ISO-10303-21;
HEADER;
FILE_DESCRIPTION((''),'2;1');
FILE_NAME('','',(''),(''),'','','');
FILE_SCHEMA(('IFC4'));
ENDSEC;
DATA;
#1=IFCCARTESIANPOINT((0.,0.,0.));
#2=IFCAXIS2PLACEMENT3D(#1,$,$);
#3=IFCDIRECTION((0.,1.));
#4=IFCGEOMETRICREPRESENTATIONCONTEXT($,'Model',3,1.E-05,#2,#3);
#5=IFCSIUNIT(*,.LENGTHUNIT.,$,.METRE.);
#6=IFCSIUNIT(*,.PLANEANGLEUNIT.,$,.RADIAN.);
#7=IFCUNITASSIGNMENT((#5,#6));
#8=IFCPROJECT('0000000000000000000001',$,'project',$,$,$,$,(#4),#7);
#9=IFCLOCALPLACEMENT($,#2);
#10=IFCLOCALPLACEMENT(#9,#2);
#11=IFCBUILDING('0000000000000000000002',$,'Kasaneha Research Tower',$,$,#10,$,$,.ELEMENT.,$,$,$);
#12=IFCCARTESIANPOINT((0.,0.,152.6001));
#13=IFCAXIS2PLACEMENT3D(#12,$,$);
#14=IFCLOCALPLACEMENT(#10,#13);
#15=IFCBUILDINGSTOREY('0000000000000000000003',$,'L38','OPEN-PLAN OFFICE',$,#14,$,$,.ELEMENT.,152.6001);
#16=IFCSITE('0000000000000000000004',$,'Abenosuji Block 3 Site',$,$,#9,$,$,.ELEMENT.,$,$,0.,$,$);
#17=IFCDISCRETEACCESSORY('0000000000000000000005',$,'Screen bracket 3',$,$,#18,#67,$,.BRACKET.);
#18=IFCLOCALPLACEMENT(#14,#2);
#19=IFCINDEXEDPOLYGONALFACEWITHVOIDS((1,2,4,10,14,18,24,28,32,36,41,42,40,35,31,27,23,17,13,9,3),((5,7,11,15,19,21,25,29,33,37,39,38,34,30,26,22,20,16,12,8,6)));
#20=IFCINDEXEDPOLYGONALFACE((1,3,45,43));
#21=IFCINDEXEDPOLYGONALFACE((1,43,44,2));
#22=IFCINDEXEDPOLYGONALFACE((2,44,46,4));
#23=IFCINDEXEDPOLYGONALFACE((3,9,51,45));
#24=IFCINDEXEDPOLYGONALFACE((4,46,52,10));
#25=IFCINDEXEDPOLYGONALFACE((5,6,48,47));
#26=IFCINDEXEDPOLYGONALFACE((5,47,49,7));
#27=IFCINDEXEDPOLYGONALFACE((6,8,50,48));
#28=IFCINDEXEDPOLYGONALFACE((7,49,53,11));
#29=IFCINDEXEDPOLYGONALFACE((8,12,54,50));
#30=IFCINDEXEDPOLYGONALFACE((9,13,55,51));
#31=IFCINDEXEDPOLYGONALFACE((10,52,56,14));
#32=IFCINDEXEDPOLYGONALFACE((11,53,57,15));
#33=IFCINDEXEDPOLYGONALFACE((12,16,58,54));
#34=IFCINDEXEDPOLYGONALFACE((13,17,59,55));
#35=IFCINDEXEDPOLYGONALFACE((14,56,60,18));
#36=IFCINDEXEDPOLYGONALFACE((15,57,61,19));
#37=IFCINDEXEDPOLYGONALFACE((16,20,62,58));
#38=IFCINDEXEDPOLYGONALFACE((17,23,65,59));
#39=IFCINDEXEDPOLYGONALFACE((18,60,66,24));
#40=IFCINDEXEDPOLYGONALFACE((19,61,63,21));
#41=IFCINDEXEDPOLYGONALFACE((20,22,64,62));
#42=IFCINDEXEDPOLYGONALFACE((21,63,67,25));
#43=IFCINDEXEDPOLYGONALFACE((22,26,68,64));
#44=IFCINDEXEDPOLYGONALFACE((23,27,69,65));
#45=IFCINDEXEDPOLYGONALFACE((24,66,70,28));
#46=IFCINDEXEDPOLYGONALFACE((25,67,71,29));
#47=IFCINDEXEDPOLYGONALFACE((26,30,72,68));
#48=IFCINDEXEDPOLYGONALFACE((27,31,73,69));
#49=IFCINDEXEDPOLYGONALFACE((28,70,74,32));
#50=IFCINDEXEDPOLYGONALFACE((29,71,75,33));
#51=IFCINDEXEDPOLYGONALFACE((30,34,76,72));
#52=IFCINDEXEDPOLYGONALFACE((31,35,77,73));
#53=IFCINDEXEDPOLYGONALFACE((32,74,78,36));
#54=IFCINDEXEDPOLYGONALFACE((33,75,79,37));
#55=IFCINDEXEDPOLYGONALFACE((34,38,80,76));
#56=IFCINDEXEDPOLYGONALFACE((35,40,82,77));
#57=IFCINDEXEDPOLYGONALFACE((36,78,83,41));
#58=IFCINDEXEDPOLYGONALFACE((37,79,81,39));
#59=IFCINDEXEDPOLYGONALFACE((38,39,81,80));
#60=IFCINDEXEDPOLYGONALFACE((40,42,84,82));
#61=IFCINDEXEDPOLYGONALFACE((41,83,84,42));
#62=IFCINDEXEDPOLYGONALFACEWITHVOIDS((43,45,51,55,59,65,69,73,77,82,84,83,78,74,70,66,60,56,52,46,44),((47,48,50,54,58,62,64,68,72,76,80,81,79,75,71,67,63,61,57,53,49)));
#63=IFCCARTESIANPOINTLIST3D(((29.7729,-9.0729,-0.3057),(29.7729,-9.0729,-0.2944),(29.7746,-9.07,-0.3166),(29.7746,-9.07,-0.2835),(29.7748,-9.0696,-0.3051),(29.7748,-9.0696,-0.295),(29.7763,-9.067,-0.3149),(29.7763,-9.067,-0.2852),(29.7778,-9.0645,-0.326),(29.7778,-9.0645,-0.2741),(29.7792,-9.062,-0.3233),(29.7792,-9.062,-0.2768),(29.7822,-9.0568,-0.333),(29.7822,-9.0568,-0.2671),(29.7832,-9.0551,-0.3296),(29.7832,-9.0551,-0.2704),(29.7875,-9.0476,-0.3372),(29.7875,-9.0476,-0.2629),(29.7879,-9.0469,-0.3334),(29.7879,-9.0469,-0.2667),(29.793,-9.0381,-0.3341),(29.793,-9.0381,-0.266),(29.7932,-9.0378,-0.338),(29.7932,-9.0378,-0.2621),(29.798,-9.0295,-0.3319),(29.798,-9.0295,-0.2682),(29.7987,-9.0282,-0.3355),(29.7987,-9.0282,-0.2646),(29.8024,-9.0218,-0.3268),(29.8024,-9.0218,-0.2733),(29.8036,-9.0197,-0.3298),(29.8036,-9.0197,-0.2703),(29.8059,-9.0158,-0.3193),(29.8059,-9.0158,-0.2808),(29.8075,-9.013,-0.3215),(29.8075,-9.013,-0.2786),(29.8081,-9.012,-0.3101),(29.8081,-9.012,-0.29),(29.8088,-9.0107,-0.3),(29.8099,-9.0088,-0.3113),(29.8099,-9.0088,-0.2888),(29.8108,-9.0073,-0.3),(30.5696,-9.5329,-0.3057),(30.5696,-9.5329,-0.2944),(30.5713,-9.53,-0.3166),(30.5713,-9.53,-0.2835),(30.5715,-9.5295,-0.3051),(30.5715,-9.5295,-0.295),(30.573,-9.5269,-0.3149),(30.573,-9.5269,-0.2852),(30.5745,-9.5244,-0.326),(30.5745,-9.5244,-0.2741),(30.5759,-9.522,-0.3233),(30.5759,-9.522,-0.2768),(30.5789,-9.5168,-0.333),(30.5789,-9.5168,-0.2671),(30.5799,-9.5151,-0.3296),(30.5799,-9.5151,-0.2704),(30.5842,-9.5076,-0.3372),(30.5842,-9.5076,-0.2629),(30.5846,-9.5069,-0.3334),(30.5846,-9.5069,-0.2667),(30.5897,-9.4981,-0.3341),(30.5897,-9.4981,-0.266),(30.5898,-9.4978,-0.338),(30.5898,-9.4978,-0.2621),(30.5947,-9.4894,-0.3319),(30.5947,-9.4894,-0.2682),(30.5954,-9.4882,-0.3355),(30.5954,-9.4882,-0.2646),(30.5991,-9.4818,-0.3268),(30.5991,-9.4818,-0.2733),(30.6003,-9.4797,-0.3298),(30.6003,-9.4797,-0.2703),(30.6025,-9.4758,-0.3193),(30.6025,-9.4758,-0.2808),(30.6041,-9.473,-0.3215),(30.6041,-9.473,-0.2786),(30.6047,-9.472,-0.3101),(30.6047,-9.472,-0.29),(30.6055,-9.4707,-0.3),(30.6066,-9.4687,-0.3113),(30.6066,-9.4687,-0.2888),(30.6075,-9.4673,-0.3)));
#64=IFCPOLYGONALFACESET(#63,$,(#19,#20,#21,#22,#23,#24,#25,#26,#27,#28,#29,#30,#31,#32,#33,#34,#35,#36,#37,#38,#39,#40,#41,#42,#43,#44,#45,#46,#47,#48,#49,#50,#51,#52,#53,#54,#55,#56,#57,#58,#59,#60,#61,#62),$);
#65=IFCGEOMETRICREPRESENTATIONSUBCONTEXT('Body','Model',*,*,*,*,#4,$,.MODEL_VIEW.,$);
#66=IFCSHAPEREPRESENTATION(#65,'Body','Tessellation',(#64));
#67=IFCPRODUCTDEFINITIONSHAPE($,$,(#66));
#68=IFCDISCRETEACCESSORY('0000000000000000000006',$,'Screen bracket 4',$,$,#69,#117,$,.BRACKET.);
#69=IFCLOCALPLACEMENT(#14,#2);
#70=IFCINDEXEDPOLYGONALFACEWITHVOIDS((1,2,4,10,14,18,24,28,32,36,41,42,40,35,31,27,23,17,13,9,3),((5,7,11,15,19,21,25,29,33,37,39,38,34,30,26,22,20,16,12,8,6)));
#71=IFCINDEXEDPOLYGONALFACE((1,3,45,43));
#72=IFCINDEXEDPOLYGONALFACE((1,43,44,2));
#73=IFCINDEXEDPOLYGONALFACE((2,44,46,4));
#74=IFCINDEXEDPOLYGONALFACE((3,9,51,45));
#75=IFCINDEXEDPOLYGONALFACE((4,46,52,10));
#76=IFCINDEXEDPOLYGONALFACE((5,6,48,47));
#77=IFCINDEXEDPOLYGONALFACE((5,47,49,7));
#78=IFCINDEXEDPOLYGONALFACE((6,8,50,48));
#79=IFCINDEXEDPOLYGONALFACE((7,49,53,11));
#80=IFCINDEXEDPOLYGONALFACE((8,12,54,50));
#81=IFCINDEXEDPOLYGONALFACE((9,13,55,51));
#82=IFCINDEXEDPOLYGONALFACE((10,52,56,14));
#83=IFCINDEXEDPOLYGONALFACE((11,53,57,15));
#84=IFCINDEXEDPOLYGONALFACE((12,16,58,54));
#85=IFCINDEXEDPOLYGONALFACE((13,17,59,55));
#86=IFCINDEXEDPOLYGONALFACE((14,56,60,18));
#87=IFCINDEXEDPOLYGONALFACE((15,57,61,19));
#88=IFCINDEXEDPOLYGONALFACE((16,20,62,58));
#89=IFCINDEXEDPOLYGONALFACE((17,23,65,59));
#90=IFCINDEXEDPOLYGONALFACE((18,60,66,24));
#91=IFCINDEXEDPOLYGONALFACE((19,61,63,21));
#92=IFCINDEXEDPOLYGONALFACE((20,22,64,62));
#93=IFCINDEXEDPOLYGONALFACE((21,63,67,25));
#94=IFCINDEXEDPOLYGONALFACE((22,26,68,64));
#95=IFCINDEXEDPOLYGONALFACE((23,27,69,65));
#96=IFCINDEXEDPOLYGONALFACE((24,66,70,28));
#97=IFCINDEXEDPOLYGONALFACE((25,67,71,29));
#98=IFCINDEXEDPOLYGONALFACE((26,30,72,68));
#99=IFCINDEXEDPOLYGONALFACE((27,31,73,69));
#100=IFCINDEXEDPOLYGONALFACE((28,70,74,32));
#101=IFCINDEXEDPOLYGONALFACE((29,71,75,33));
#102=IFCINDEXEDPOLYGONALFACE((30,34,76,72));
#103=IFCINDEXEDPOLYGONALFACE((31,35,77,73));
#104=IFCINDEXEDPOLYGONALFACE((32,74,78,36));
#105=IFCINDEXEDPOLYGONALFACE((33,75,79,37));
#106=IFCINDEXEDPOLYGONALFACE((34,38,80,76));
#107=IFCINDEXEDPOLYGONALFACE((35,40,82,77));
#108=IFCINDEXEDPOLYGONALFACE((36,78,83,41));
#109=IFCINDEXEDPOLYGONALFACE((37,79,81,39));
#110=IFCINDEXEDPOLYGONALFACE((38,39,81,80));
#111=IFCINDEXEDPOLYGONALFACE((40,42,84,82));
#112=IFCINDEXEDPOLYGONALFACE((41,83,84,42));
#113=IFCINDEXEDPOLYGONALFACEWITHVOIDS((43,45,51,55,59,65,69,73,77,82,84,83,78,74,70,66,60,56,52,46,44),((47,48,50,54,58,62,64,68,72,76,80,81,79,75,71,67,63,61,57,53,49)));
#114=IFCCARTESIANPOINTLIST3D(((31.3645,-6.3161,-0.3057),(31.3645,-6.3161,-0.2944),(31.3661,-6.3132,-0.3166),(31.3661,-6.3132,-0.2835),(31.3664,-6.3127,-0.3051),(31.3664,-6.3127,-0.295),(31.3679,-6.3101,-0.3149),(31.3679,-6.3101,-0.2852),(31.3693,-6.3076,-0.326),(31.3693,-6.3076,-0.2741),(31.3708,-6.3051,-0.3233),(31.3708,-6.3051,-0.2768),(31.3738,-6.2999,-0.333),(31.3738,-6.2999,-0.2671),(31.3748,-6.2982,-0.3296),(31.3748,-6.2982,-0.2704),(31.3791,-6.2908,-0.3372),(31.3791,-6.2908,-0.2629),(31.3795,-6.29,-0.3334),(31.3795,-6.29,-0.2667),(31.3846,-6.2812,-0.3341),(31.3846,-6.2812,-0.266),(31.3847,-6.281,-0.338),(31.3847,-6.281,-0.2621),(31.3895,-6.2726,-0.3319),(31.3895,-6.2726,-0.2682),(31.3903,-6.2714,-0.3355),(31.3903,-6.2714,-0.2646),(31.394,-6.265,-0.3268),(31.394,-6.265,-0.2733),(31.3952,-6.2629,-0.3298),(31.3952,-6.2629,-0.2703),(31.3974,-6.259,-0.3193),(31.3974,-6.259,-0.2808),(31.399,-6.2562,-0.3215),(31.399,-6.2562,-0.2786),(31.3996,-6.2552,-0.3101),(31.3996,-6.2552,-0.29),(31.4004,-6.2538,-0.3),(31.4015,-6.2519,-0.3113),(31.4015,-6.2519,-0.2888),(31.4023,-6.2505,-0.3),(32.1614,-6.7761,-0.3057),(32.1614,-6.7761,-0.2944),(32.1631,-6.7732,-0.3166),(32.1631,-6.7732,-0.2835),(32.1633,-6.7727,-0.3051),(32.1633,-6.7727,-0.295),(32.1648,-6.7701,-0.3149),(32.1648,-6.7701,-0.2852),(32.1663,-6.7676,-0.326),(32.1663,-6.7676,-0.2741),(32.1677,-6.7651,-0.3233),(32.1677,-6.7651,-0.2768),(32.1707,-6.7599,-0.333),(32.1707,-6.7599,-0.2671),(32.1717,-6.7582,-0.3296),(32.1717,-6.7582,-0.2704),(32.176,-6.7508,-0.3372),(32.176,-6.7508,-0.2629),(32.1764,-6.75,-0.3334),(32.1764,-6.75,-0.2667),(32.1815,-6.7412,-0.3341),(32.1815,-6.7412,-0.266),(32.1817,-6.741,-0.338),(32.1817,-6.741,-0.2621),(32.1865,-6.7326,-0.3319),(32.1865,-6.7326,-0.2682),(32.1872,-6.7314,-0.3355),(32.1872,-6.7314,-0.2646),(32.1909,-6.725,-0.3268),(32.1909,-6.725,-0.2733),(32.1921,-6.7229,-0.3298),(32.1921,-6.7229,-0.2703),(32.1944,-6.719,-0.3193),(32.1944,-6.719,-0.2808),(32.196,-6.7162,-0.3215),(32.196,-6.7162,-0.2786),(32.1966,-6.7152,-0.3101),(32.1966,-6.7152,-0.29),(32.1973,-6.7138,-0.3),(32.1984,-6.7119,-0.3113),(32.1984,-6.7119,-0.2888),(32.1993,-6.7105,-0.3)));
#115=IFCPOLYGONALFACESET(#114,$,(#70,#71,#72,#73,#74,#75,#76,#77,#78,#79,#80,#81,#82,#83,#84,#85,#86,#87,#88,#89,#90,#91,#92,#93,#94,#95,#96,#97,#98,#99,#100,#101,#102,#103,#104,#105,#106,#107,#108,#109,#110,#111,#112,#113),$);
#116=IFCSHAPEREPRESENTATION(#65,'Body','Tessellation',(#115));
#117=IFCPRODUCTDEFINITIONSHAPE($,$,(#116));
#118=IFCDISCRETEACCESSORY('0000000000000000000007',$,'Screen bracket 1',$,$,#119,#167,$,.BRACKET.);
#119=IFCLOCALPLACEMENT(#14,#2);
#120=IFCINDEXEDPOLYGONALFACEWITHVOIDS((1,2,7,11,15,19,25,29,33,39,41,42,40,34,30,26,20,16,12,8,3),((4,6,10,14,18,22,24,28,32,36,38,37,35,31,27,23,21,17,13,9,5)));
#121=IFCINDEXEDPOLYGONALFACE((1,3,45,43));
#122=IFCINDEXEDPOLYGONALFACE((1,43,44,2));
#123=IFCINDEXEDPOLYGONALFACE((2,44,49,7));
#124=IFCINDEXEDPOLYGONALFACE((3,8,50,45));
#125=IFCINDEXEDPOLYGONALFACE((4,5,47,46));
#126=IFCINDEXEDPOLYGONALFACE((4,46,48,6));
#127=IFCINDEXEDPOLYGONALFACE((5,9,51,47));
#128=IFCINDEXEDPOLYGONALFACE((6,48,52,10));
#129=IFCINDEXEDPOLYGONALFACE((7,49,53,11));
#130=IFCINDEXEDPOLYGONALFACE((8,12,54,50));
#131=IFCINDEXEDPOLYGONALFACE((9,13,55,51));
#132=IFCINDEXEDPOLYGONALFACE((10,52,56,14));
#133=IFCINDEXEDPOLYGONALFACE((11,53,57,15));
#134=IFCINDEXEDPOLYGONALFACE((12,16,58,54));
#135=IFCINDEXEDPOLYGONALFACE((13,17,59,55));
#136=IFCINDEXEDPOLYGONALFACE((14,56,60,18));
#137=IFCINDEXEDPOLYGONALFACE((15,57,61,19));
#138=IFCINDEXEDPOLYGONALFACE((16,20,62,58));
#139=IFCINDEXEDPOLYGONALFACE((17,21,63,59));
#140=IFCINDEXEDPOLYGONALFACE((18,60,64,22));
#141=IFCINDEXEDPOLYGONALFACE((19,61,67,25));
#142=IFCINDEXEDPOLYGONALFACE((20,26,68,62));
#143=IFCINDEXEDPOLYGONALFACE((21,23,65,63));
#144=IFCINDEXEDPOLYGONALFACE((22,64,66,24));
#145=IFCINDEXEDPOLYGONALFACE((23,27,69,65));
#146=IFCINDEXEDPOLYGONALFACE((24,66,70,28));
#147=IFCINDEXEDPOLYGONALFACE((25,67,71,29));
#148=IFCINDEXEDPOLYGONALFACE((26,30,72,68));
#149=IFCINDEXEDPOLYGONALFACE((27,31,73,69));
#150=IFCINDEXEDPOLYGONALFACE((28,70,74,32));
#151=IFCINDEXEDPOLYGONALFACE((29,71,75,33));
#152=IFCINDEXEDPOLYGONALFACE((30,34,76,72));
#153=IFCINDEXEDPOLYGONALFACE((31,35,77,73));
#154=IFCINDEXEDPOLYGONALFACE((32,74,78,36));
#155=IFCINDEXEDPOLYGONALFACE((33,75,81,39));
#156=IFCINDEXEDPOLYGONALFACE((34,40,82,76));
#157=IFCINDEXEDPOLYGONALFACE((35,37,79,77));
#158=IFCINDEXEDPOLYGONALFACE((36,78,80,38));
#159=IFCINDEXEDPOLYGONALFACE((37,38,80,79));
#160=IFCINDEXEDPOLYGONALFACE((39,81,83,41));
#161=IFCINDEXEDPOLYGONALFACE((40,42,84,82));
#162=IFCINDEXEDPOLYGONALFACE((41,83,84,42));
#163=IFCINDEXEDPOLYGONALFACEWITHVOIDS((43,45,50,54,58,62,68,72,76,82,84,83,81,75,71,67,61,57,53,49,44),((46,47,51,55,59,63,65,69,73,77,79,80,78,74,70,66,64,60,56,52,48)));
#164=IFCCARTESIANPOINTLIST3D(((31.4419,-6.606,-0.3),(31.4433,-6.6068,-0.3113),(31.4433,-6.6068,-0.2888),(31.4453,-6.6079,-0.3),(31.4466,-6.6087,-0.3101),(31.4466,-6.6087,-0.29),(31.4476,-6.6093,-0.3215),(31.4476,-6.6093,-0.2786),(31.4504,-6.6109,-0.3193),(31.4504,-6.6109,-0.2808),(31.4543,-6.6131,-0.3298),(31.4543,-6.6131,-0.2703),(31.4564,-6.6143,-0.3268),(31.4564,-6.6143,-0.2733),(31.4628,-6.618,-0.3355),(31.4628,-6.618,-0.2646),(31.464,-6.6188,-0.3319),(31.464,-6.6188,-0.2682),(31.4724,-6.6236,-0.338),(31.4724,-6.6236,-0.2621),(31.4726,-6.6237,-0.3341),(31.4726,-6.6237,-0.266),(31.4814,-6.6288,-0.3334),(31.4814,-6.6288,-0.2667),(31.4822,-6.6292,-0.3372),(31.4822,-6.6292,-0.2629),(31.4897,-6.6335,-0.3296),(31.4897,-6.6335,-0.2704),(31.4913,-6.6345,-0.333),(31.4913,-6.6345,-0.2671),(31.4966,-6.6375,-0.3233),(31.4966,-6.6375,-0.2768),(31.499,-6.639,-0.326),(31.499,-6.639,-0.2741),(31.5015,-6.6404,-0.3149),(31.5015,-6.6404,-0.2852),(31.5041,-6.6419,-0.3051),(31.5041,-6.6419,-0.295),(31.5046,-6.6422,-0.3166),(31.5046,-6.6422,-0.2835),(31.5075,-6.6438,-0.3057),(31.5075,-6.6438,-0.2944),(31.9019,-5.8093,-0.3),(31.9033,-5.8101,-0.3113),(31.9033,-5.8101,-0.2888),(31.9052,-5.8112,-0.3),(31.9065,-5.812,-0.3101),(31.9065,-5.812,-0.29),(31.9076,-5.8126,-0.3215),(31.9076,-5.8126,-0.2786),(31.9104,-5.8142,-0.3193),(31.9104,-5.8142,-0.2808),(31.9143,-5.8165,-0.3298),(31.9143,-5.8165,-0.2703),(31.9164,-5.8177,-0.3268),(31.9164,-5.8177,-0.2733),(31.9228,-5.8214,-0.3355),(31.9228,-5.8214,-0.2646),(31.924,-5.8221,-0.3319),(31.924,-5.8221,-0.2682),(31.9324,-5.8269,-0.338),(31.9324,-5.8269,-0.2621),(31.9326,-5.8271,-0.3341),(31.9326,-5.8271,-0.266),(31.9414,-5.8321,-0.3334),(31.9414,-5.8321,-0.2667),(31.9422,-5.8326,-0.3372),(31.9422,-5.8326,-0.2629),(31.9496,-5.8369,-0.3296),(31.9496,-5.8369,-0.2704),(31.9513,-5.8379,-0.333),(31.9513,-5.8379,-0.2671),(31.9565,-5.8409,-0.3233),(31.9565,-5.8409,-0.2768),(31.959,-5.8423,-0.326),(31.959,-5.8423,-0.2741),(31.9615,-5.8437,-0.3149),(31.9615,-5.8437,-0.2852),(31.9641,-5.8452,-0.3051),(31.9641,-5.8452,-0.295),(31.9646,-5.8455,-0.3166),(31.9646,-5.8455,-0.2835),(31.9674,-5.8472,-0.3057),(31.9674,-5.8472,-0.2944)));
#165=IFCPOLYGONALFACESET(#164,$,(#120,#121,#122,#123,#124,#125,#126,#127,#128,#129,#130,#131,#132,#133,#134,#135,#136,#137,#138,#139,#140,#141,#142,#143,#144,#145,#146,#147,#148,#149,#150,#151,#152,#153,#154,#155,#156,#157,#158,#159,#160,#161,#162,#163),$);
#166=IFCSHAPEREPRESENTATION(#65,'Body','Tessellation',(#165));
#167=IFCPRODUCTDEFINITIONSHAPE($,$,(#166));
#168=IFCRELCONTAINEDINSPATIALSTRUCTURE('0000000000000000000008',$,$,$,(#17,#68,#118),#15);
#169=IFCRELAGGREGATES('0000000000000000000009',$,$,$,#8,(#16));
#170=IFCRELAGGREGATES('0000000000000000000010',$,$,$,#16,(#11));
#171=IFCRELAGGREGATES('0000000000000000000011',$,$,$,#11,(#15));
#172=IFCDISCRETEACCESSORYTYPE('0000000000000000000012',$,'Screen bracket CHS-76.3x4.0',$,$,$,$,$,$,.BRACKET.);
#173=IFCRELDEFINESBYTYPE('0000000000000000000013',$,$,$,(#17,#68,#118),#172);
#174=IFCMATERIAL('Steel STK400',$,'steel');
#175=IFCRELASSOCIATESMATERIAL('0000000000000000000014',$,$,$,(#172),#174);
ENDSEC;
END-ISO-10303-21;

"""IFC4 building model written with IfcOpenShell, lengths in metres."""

from ifc_helpers import new_model, si_unit, direction, frame, origin, origin_2d, place, context, subcontext, project, spatial, hollow_circle, extrude, material, material_profile, profile_set, type_object, element, save


model = new_model("IFC4")

# Units and contexts
model_context = context("Model", 3, precision=1e-05, world=origin(), true_north=direction((0.0, 1.0)))
body_context = subcontext(model_context, "Body", "Model", "MODEL_VIEW")
ifc_project = project(units=[si_unit("LENGTHUNIT", "METRE"), si_unit("PLANEANGLEUNIT", "RADIAN")], contexts=[model_context])

# Site, building, storey
site_placement = place(None, origin())
site = spatial("IfcSite", under=ifc_project, at=site_placement, Name="Abenosuji Block 3 Site", CompositionType="ELEMENT", RefElevation=0.0)
building_placement = place(site_placement, origin())
building = spatial("IfcBuilding", under=site, at=building_placement, Name="Kasaneha Research Tower", CompositionType="ELEMENT")
storey_placement = place(building_placement, frame((0.0, 0.0, 152.6001)))
storey = spatial("IfcBuildingStorey", under=building, at=storey_placement, Name="L38", Description="OPEN-PLAN OFFICE", CompositionType="ELEMENT", Elevation=152.6001)

# Discrete accessories
ifc_material_1 = material(Name="Steel STK400", Category="steel")
ifc_material_profile_1 = material_profile(ifc_material_1, hollow_circle(Radius=0.0381, WallThickness=0.0039, at=origin_2d()), Name="CHS-76.3x4.0")
ifc_profile_set_1 = profile_set([ifc_material_profile_1], Name="Steel STK400")
discrete_accessory_type = type_object("IfcDiscreteAccessoryType", Name="Screen bracket CHS-76.3x4.0", PredefinedType="BRACKET", material=ifc_profile_set_1)
discrete_accessory_1_placement = place(storey_placement, frame((29.7917, -9.0403, -0.3), z_axis=(0.866013, -0.500021, 0.0), x_axis=(0.500021, 0.866013, 0.0)))
element("IfcDiscreteAccessory", 1, at=discrete_accessory_1_placement, inside=storey, type_object=discrete_accessory_type, Name="Screen bracket 3", PredefinedType="BRACKET", context=body_context, shape_type="SweptSolid", body=[
    extrude(hollow_circle(Radius=0.0381, WallThickness=0.0039, at=origin_2d()), origin(), (0.0, 0.0, 1.0), 0.9199),
])
discrete_accessory_2_placement = place(storey_placement, frame((31.3833, -6.2834, -0.3), z_axis=(0.86608, -0.499906, 0.0), x_axis=(0.499906, 0.86608, 0.0)))
element("IfcDiscreteAccessory", 2, at=discrete_accessory_2_placement, inside=storey, type_object=discrete_accessory_type, Name="Screen bracket 4", PredefinedType="BRACKET", context=body_context, shape_type="SweptSolid", body=[
    extrude(hollow_circle(Radius=0.0381, WallThickness=0.0039, at=origin_2d()), origin(), (0.0, 0.0, 1.0), 0.9202),
])
discrete_accessory_3_placement = place(storey_placement, frame((31.4749, -6.625, -0.3), z_axis=(0.500021, 0.866013, 0.0), x_axis=(-0.866013, 0.500021, 0.0)))
element("IfcDiscreteAccessory", 3, at=discrete_accessory_3_placement, inside=storey, type_object=discrete_accessory_type, Name="Screen bracket 1", PredefinedType="BRACKET", context=body_context, shape_type="SweptSolid", body=[
    extrude(hollow_circle(Radius=0.0381, WallThickness=0.0039, at=origin_2d()), origin(), (0.0, 0.0, 1.0), 0.9199),
])

save(model, "model.ifc")
